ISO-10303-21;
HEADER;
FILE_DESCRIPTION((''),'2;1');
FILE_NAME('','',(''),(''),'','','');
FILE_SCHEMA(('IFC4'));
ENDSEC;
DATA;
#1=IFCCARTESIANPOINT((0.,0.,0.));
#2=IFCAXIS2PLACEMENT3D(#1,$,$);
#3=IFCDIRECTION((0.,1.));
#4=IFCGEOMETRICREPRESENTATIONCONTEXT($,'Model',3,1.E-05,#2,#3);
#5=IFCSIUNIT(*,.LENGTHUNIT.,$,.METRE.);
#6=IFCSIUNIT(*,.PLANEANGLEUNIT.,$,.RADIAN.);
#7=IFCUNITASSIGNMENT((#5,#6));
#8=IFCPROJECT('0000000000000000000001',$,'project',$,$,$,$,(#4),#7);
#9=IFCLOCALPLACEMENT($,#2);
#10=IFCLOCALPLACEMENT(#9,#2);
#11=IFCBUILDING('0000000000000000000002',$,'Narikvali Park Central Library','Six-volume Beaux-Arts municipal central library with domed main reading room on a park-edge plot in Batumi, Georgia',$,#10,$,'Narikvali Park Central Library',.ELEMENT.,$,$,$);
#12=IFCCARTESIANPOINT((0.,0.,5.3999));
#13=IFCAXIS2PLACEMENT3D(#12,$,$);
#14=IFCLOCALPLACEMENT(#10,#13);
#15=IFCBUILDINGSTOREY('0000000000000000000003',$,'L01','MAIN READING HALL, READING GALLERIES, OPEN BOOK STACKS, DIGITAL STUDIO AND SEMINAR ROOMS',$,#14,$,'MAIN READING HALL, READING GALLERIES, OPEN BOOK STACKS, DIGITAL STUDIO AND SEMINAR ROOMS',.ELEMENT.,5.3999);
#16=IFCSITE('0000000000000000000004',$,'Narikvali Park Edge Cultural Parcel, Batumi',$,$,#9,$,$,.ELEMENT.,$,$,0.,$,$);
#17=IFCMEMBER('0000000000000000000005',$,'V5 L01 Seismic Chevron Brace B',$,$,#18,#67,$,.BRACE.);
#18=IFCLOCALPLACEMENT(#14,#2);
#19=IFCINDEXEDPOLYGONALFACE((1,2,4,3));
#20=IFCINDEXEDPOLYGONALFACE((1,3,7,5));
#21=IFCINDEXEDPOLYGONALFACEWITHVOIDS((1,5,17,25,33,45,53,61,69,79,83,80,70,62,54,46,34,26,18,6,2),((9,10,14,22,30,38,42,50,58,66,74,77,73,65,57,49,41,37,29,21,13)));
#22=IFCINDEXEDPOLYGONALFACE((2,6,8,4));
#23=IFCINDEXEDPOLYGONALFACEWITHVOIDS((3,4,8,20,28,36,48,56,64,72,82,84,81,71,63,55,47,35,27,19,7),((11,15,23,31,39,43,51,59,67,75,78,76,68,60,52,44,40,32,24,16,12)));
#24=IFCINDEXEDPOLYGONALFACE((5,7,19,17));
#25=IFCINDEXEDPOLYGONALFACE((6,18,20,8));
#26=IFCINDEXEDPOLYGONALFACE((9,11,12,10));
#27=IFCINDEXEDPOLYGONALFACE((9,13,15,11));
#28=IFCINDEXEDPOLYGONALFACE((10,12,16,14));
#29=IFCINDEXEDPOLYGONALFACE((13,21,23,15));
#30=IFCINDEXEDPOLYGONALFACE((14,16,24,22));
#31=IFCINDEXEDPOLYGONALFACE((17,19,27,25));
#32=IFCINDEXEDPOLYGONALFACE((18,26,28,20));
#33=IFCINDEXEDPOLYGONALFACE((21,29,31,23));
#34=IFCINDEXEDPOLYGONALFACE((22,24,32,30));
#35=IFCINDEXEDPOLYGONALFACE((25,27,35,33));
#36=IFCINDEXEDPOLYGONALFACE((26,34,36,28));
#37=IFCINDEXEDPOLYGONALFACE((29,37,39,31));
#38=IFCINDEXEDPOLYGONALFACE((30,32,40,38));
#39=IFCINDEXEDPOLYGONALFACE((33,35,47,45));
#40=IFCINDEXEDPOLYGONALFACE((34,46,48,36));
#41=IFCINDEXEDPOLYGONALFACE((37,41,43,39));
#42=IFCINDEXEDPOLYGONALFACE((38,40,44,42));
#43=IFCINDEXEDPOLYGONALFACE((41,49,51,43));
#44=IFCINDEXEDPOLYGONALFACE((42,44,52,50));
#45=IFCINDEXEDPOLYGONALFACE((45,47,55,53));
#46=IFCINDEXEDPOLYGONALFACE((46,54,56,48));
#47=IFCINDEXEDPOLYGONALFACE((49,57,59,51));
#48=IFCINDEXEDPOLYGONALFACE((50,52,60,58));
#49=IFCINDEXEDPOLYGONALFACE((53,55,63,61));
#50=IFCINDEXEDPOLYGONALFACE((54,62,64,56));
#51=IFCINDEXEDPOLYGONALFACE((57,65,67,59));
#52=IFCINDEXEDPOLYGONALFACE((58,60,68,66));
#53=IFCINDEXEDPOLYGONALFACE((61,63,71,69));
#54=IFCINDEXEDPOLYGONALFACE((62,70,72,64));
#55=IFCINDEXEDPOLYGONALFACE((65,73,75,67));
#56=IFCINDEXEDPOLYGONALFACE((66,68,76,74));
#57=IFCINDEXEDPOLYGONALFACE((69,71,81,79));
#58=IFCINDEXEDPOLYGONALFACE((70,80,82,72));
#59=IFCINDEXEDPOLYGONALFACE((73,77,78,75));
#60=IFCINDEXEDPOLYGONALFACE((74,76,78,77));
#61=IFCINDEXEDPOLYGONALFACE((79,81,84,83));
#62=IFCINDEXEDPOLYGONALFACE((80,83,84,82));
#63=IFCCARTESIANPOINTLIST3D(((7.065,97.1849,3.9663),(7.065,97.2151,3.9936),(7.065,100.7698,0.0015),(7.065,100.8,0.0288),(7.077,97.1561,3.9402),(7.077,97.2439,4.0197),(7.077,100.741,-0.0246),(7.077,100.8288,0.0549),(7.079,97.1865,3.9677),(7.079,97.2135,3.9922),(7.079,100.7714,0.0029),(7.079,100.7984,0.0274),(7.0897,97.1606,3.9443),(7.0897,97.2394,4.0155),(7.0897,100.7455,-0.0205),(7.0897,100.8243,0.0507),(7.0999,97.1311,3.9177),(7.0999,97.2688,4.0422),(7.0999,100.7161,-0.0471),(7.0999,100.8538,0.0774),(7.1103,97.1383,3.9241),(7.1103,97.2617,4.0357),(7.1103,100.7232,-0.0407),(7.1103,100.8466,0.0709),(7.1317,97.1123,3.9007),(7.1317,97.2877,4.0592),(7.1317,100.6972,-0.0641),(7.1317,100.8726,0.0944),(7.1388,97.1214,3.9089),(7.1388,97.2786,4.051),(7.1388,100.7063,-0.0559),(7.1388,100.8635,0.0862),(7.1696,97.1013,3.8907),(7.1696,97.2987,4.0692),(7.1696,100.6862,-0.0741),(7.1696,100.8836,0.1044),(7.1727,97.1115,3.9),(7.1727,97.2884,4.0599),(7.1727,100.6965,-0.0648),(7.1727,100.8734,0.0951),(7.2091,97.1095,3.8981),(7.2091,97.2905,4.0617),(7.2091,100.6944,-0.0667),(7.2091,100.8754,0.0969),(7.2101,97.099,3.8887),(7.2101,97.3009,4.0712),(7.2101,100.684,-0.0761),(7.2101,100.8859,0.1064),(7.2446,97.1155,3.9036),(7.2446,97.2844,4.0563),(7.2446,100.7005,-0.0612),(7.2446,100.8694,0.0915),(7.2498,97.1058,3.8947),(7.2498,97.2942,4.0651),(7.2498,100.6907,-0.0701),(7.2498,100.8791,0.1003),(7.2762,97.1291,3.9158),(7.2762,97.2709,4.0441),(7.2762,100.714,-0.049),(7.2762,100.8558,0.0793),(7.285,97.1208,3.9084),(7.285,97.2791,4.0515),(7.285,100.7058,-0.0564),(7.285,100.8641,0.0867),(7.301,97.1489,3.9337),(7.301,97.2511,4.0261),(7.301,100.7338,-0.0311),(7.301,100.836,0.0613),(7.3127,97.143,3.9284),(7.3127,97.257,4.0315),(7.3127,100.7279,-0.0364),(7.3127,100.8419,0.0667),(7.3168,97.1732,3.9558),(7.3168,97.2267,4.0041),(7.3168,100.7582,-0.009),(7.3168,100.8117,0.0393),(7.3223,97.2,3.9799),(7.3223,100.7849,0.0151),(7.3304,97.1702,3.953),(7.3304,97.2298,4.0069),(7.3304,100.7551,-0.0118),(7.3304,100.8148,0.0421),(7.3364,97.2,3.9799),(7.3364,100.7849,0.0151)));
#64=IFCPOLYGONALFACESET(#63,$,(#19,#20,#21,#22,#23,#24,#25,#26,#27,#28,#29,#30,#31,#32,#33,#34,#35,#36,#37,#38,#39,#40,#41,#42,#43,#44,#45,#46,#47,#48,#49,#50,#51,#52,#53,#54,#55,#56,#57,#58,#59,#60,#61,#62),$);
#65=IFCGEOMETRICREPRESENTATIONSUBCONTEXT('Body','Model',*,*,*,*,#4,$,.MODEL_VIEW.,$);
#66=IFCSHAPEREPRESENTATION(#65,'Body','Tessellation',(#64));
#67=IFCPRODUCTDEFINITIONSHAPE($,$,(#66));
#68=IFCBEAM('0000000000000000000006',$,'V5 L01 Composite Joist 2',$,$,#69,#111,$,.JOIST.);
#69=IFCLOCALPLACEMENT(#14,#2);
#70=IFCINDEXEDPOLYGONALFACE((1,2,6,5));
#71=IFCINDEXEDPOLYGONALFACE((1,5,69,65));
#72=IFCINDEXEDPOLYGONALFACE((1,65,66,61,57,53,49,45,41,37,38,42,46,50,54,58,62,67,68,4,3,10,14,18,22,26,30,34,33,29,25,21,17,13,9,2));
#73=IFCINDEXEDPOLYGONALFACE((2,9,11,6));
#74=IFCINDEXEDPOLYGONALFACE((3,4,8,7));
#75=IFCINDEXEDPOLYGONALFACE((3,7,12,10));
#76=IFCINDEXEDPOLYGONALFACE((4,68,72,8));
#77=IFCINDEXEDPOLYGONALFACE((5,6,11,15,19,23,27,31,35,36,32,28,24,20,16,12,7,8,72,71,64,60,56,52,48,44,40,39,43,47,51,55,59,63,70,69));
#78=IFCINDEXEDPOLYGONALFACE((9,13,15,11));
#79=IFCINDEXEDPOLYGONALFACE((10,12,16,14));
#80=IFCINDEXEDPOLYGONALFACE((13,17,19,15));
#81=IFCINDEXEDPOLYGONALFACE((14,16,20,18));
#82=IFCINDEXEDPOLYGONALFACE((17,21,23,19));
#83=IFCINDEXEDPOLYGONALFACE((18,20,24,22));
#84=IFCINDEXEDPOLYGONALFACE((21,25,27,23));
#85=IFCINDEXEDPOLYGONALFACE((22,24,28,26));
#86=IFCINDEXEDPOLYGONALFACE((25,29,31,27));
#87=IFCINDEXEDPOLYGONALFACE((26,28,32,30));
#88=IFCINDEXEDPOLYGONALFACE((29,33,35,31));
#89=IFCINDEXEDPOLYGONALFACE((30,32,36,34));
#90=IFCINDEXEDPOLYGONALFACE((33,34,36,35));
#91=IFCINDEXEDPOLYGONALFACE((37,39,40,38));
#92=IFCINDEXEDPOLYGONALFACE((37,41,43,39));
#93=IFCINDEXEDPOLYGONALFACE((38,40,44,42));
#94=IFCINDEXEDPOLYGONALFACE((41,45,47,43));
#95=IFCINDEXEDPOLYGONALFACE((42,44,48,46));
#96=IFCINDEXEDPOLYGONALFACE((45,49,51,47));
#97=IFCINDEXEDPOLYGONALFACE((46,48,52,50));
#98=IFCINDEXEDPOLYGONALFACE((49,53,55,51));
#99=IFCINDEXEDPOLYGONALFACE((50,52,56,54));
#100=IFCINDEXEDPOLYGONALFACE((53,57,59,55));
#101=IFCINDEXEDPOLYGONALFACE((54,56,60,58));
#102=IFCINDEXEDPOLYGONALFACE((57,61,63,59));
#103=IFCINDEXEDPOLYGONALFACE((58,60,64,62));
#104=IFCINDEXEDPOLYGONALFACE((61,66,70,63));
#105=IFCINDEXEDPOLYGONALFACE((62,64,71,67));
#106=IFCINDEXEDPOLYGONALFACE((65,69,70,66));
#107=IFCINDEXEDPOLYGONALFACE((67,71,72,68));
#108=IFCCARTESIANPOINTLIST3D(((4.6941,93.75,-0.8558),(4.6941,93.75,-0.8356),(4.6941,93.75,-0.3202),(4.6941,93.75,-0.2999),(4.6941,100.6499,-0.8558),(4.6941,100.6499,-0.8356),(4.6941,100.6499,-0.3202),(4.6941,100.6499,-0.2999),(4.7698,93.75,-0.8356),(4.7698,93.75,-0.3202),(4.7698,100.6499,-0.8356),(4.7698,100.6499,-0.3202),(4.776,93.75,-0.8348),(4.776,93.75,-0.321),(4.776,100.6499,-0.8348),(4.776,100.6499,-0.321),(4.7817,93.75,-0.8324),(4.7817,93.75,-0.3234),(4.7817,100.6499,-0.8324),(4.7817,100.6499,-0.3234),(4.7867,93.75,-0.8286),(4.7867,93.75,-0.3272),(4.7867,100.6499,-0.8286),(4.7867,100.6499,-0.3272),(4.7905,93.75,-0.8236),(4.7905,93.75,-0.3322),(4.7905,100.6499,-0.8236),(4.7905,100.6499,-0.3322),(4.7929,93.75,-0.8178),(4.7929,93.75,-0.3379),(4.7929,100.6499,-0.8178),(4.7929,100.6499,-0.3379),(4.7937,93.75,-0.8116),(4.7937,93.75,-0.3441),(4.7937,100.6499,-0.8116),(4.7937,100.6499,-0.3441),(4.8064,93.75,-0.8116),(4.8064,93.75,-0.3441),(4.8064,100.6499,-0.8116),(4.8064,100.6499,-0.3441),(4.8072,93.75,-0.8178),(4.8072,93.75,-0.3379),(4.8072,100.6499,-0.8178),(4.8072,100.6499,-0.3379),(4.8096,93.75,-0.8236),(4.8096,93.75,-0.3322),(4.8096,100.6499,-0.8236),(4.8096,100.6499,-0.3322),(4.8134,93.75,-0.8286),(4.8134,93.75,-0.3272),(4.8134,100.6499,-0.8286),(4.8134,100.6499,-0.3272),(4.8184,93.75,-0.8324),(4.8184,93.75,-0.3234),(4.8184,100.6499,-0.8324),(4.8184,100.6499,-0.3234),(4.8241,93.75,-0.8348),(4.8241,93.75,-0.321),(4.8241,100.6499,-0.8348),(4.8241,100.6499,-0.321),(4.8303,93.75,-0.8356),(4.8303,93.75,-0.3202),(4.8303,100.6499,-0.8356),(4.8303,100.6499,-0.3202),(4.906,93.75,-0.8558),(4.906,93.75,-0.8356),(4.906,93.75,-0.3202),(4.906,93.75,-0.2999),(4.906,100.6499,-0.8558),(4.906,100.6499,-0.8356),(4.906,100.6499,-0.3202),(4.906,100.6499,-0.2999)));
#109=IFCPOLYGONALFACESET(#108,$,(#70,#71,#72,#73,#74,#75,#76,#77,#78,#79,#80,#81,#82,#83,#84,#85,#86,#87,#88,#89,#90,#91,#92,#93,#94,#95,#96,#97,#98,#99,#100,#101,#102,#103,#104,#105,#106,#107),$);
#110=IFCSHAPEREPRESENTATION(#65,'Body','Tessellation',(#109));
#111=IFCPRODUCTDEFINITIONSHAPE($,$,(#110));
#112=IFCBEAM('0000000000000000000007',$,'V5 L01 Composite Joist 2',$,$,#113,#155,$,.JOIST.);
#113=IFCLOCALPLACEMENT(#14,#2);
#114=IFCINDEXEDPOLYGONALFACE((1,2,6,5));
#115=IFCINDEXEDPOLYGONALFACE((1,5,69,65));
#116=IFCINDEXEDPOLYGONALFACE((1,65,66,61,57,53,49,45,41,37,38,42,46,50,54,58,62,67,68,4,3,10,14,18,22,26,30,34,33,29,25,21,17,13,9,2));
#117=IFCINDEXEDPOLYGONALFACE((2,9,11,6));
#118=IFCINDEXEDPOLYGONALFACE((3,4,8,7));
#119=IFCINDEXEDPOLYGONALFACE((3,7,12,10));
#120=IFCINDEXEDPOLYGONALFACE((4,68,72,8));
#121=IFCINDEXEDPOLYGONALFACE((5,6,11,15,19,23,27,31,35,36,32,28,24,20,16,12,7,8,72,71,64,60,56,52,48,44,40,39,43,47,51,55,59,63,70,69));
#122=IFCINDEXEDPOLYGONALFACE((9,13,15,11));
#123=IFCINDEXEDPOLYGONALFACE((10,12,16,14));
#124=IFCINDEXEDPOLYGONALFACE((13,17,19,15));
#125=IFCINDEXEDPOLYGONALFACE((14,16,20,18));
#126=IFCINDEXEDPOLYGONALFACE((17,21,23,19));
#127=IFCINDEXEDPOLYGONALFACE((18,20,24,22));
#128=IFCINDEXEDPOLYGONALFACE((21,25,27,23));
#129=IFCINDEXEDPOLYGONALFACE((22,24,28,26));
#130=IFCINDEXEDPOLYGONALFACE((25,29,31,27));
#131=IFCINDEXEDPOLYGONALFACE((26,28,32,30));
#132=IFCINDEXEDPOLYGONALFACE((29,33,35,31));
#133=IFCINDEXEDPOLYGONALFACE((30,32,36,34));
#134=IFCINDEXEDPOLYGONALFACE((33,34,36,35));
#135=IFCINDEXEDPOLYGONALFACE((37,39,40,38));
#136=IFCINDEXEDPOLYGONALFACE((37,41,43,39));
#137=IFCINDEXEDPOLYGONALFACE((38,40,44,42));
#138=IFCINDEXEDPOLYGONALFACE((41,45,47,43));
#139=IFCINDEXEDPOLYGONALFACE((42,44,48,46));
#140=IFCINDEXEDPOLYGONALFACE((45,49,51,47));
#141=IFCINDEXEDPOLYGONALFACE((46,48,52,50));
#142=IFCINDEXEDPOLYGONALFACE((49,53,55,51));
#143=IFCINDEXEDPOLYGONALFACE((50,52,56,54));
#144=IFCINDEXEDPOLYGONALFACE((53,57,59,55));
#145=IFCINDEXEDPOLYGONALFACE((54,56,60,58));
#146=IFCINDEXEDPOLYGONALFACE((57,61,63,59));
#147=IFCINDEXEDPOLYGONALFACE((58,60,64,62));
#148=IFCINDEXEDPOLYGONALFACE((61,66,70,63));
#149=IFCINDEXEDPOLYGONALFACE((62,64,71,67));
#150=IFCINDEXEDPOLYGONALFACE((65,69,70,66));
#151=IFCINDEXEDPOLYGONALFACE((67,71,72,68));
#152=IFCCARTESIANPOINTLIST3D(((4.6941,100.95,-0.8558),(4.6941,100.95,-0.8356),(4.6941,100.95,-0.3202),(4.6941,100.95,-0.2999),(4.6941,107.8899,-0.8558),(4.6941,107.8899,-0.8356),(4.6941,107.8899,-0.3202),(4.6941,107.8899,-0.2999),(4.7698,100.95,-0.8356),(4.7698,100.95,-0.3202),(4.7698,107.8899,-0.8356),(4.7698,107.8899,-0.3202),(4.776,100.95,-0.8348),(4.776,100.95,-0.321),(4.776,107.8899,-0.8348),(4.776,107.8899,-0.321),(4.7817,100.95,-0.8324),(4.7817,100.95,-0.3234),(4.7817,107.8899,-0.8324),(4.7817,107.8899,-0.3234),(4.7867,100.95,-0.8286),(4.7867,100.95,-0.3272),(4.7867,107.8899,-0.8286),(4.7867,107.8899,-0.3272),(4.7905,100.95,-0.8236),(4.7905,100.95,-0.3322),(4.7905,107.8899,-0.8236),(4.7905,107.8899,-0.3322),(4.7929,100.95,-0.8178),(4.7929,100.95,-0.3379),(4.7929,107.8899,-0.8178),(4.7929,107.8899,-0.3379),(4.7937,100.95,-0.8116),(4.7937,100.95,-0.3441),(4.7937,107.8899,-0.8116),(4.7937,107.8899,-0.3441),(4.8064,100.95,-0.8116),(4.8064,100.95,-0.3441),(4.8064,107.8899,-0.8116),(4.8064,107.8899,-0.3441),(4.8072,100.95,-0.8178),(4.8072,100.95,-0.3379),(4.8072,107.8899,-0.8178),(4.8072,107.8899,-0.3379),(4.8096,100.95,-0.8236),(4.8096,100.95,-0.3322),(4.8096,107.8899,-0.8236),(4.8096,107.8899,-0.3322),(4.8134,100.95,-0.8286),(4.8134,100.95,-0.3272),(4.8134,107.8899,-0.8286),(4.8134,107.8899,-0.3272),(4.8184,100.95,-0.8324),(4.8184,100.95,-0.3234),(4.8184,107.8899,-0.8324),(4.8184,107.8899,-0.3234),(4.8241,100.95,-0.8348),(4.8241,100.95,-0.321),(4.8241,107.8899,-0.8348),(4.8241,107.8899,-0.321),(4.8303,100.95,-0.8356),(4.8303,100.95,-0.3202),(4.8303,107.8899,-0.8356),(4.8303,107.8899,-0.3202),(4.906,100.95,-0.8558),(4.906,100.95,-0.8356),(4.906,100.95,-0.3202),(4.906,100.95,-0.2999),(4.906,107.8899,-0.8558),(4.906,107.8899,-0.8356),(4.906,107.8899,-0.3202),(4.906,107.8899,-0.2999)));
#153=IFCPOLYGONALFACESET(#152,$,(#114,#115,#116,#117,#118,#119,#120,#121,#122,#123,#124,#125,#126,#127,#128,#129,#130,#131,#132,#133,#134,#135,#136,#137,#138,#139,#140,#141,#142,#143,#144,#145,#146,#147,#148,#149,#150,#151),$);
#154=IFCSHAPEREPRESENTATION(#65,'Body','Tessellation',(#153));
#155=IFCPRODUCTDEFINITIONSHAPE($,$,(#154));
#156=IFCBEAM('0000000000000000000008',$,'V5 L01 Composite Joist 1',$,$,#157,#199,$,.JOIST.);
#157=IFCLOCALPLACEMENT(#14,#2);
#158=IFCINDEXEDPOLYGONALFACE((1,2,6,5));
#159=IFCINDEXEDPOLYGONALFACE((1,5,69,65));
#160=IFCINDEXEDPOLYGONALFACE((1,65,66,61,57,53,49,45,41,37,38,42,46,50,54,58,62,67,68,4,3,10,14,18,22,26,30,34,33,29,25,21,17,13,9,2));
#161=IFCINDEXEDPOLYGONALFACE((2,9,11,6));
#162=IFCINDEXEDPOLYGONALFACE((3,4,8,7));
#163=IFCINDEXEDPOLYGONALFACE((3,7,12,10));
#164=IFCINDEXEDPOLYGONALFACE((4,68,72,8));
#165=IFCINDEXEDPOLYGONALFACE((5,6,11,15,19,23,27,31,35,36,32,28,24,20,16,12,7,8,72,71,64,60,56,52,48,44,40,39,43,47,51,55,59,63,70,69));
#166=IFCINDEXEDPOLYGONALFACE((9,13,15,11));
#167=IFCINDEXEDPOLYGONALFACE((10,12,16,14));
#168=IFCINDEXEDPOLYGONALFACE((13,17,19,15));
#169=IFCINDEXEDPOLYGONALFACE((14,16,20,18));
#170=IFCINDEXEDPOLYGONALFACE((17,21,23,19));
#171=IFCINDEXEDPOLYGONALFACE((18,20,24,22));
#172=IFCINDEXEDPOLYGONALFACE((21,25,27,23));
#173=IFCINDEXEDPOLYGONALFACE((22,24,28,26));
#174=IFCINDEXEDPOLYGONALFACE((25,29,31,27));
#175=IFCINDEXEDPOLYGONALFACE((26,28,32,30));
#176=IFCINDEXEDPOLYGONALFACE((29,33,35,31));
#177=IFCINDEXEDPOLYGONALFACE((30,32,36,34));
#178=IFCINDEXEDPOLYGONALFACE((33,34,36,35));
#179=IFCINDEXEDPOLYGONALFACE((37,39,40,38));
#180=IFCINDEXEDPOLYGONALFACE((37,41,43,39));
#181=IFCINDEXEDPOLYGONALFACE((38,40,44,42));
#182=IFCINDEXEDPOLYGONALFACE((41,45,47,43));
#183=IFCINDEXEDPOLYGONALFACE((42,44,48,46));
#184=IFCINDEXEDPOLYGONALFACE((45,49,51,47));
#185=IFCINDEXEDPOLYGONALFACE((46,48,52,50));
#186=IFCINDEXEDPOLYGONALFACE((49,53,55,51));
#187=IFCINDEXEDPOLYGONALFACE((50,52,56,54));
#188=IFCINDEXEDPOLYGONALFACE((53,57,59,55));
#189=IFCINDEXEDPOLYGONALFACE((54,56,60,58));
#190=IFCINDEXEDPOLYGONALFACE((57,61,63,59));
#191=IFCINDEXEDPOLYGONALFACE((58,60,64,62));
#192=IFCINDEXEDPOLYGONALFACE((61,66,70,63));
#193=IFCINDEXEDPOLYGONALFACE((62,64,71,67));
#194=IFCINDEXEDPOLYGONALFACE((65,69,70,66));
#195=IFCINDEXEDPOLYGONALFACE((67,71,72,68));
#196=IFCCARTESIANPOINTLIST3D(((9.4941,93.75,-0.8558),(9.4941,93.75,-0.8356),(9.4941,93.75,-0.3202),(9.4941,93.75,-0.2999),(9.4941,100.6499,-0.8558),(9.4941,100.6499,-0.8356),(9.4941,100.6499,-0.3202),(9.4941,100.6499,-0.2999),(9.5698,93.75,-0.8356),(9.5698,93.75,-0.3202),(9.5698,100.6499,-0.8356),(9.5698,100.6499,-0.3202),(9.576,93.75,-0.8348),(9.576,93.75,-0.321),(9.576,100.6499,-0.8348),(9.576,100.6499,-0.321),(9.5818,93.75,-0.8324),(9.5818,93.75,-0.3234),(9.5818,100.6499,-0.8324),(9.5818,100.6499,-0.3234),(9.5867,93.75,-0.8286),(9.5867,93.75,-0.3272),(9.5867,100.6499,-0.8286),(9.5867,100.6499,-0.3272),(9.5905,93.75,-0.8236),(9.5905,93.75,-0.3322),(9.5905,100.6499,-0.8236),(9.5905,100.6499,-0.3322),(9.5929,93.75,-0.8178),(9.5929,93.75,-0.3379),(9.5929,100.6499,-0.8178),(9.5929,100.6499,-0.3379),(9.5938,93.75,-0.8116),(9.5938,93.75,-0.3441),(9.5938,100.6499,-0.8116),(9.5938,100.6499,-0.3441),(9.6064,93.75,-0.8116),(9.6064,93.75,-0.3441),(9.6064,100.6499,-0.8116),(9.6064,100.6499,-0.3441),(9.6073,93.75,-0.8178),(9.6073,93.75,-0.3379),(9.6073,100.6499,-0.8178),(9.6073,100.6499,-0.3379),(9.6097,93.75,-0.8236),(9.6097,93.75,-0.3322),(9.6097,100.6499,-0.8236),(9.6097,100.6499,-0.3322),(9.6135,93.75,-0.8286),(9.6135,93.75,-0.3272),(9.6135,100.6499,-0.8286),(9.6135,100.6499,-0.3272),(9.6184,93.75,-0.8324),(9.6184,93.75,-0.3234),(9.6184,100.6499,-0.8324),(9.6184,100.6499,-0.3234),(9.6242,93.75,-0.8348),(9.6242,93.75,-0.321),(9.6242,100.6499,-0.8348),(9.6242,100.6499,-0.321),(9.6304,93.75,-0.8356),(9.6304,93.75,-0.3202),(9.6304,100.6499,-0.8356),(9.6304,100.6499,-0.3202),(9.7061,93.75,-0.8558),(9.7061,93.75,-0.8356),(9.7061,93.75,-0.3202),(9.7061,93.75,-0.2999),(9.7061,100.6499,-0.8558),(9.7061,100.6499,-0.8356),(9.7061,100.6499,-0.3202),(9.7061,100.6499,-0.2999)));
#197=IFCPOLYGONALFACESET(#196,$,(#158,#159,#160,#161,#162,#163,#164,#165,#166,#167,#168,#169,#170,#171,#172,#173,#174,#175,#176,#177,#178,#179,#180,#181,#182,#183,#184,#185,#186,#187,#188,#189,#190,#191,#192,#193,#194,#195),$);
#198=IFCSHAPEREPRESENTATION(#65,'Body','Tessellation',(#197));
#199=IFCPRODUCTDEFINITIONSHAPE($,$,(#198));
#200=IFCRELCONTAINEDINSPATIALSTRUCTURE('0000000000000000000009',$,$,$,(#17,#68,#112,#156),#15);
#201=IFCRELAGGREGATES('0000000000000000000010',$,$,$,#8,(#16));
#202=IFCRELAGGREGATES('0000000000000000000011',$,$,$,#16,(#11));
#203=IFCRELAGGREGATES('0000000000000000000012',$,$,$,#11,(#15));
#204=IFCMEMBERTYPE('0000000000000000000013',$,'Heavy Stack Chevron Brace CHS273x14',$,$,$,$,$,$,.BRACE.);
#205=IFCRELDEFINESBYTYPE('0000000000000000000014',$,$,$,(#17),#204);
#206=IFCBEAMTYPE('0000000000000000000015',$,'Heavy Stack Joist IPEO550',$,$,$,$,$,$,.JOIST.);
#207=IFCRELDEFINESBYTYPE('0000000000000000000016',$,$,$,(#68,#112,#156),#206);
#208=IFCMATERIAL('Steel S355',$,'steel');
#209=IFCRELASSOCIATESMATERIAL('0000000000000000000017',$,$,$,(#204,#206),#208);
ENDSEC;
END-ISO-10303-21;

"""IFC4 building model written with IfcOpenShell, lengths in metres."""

from ifc_helpers import new_model, si_unit, direction, frame, origin, origin_2d, place, context, subcontext, project, spatial, hollow_circle, i_section, extrude, material, material_profile, profile_set, type_object, element, save


model = new_model("IFC4")

# Units and contexts
model_context = context("Model", 3, precision=1e-05, world=origin(), true_north=direction((0.0, 1.0)))
body_context = subcontext(model_context, "Body", "Model", "MODEL_VIEW")
ifc_project = project(units=[si_unit("LENGTHUNIT", "METRE"), si_unit("PLANEANGLEUNIT", "RADIAN")], contexts=[model_context])

# Site, building, storey
site_placement = place(None, origin())
site = spatial("IfcSite", under=ifc_project, at=site_placement, Name="Narikvali Park Edge Cultural Parcel, Batumi", CompositionType="ELEMENT", RefElevation=0.0)
building_placement = place(site_placement, origin())
building = spatial("IfcBuilding", under=site, at=building_placement, Name="Narikvali Park Central Library", Description="Six-volume Beaux-Arts municipal central library with domed main reading room on a park-edge plot in Batumi, Georgia", LongName="Narikvali Park Central Library", CompositionType="ELEMENT")
storey_placement = place(building_placement, frame((0.0, 0.0, 5.3999)))
storey = spatial("IfcBuildingStorey", under=building, at=storey_placement, Name="L01", Description="MAIN READING HALL, READING GALLERIES, OPEN BOOK STACKS, DIGITAL STUDIO AND SEMINAR ROOMS", LongName="MAIN READING HALL, READING GALLERIES, OPEN BOOK STACKS, DIGITAL STUDIO AND SEMINAR ROOMS", CompositionType="ELEMENT", Elevation=5.3999)

# Shared definitions
ifc_material_1 = material(Name="Steel S355", Category="steel")

# Member
ifc_material_profile_1 = material_profile(ifc_material_1, hollow_circle(Radius=0.1365, WallThickness=0.0142, at=origin_2d()), Name="CHS 273x14.2")
ifc_profile_set_1 = profile_set([ifc_material_profile_1], Name="Steel S355")
member_type = type_object("IfcMemberType", Name="Heavy Stack Chevron Brace CHS273x14", PredefinedType="BRACE", material=ifc_profile_set_1)
for number, where, z_axis, x_axis, name in (
    (1, (7.2, 100.7849, 0.0151), (0.0, -0.670679, 0.741748), (1.0, 0.0, 0.0), "V5 L01 Seismic Chevron Brace B"),
):
    element("IfcMember", number, at=place(storey_placement, frame(where, z_axis=z_axis, x_axis=x_axis)), inside=storey, type_object=member_type, Name=name, PredefinedType="BRACE", context=body_context, shape_type="SweptSolid", body=[
        extrude(hollow_circle(Radius=0.1365, WallThickness=0.0142, at=origin_2d()), origin(), (0.0, 0.0, 1.0), 5.3452),
    ])

# Beams
ifc_material_profile_2 = material_profile(ifc_material_1, i_section(OverallWidth=0.2119, OverallDepth=0.5559, WebThickness=0.0127, FlangeThickness=0.0203, FilletRadius=0.0239, at=origin_2d()), Name="IPEO 550")
ifc_profile_set_2 = profile_set([ifc_material_profile_2], Name="Steel S355")
beam_type_1 = type_object("IfcBeamType", Name="Heavy Stack Joist IPEO550", PredefinedType="JOIST", material=ifc_profile_set_2)
beam_1_placement = place(storey_placement, frame((4.8, 93.75, -0.5779), z_axis=(0.0, 1.0, 0.0), x_axis=(-1.0, 0.0, 0.0)))
element("IfcBeam", 2, at=beam_1_placement, inside=storey, type_object=beam_type_1, Name="V5 L01 Composite Joist 2", PredefinedType="JOIST", context=body_context, shape_type="SweptSolid", body=[
    extrude(i_section(OverallWidth=0.2119, OverallDepth=0.5559, WebThickness=0.0127, FlangeThickness=0.0203, FilletRadius=0.0239, at=origin_2d()), origin(), (0.0, 0.0, 1.0), 6.8999),
])
beam_2_placement = place(storey_placement, frame((4.8, 100.95, -0.5779), z_axis=(0.0, 1.0, 0.0), x_axis=(-1.0, 0.0, 0.0)))
element("IfcBeam", 3, at=beam_2_placement, inside=storey, type_object=beam_type_1, Name="V5 L01 Composite Joist 2", PredefinedType="JOIST", context=body_context, shape_type="SweptSolid", body=[
    extrude(i_section(OverallWidth=0.2119, OverallDepth=0.5559, WebThickness=0.0127, FlangeThickness=0.0203, FilletRadius=0.0239, at=origin_2d()), origin(), (0.0, 0.0, 1.0), 6.9399),
])
beam_3_placement = place(storey_placement, frame((9.6001, 93.75, -0.5779), z_axis=(0.0, 1.0, 0.0), x_axis=(-1.0, 0.0, 0.0)))
element("IfcBeam", 4, at=beam_3_placement, inside=storey, type_object=beam_type_1, Name="V5 L01 Composite Joist 1", PredefinedType="JOIST", context=body_context, shape_type="SweptSolid", body=[
    extrude(i_section(OverallWidth=0.2119, OverallDepth=0.5559, WebThickness=0.0127, FlangeThickness=0.0203, FilletRadius=0.0239, at=origin_2d()), origin(), (0.0, 0.0, 1.0), 6.8999),
])

save(model, "model.ifc")
